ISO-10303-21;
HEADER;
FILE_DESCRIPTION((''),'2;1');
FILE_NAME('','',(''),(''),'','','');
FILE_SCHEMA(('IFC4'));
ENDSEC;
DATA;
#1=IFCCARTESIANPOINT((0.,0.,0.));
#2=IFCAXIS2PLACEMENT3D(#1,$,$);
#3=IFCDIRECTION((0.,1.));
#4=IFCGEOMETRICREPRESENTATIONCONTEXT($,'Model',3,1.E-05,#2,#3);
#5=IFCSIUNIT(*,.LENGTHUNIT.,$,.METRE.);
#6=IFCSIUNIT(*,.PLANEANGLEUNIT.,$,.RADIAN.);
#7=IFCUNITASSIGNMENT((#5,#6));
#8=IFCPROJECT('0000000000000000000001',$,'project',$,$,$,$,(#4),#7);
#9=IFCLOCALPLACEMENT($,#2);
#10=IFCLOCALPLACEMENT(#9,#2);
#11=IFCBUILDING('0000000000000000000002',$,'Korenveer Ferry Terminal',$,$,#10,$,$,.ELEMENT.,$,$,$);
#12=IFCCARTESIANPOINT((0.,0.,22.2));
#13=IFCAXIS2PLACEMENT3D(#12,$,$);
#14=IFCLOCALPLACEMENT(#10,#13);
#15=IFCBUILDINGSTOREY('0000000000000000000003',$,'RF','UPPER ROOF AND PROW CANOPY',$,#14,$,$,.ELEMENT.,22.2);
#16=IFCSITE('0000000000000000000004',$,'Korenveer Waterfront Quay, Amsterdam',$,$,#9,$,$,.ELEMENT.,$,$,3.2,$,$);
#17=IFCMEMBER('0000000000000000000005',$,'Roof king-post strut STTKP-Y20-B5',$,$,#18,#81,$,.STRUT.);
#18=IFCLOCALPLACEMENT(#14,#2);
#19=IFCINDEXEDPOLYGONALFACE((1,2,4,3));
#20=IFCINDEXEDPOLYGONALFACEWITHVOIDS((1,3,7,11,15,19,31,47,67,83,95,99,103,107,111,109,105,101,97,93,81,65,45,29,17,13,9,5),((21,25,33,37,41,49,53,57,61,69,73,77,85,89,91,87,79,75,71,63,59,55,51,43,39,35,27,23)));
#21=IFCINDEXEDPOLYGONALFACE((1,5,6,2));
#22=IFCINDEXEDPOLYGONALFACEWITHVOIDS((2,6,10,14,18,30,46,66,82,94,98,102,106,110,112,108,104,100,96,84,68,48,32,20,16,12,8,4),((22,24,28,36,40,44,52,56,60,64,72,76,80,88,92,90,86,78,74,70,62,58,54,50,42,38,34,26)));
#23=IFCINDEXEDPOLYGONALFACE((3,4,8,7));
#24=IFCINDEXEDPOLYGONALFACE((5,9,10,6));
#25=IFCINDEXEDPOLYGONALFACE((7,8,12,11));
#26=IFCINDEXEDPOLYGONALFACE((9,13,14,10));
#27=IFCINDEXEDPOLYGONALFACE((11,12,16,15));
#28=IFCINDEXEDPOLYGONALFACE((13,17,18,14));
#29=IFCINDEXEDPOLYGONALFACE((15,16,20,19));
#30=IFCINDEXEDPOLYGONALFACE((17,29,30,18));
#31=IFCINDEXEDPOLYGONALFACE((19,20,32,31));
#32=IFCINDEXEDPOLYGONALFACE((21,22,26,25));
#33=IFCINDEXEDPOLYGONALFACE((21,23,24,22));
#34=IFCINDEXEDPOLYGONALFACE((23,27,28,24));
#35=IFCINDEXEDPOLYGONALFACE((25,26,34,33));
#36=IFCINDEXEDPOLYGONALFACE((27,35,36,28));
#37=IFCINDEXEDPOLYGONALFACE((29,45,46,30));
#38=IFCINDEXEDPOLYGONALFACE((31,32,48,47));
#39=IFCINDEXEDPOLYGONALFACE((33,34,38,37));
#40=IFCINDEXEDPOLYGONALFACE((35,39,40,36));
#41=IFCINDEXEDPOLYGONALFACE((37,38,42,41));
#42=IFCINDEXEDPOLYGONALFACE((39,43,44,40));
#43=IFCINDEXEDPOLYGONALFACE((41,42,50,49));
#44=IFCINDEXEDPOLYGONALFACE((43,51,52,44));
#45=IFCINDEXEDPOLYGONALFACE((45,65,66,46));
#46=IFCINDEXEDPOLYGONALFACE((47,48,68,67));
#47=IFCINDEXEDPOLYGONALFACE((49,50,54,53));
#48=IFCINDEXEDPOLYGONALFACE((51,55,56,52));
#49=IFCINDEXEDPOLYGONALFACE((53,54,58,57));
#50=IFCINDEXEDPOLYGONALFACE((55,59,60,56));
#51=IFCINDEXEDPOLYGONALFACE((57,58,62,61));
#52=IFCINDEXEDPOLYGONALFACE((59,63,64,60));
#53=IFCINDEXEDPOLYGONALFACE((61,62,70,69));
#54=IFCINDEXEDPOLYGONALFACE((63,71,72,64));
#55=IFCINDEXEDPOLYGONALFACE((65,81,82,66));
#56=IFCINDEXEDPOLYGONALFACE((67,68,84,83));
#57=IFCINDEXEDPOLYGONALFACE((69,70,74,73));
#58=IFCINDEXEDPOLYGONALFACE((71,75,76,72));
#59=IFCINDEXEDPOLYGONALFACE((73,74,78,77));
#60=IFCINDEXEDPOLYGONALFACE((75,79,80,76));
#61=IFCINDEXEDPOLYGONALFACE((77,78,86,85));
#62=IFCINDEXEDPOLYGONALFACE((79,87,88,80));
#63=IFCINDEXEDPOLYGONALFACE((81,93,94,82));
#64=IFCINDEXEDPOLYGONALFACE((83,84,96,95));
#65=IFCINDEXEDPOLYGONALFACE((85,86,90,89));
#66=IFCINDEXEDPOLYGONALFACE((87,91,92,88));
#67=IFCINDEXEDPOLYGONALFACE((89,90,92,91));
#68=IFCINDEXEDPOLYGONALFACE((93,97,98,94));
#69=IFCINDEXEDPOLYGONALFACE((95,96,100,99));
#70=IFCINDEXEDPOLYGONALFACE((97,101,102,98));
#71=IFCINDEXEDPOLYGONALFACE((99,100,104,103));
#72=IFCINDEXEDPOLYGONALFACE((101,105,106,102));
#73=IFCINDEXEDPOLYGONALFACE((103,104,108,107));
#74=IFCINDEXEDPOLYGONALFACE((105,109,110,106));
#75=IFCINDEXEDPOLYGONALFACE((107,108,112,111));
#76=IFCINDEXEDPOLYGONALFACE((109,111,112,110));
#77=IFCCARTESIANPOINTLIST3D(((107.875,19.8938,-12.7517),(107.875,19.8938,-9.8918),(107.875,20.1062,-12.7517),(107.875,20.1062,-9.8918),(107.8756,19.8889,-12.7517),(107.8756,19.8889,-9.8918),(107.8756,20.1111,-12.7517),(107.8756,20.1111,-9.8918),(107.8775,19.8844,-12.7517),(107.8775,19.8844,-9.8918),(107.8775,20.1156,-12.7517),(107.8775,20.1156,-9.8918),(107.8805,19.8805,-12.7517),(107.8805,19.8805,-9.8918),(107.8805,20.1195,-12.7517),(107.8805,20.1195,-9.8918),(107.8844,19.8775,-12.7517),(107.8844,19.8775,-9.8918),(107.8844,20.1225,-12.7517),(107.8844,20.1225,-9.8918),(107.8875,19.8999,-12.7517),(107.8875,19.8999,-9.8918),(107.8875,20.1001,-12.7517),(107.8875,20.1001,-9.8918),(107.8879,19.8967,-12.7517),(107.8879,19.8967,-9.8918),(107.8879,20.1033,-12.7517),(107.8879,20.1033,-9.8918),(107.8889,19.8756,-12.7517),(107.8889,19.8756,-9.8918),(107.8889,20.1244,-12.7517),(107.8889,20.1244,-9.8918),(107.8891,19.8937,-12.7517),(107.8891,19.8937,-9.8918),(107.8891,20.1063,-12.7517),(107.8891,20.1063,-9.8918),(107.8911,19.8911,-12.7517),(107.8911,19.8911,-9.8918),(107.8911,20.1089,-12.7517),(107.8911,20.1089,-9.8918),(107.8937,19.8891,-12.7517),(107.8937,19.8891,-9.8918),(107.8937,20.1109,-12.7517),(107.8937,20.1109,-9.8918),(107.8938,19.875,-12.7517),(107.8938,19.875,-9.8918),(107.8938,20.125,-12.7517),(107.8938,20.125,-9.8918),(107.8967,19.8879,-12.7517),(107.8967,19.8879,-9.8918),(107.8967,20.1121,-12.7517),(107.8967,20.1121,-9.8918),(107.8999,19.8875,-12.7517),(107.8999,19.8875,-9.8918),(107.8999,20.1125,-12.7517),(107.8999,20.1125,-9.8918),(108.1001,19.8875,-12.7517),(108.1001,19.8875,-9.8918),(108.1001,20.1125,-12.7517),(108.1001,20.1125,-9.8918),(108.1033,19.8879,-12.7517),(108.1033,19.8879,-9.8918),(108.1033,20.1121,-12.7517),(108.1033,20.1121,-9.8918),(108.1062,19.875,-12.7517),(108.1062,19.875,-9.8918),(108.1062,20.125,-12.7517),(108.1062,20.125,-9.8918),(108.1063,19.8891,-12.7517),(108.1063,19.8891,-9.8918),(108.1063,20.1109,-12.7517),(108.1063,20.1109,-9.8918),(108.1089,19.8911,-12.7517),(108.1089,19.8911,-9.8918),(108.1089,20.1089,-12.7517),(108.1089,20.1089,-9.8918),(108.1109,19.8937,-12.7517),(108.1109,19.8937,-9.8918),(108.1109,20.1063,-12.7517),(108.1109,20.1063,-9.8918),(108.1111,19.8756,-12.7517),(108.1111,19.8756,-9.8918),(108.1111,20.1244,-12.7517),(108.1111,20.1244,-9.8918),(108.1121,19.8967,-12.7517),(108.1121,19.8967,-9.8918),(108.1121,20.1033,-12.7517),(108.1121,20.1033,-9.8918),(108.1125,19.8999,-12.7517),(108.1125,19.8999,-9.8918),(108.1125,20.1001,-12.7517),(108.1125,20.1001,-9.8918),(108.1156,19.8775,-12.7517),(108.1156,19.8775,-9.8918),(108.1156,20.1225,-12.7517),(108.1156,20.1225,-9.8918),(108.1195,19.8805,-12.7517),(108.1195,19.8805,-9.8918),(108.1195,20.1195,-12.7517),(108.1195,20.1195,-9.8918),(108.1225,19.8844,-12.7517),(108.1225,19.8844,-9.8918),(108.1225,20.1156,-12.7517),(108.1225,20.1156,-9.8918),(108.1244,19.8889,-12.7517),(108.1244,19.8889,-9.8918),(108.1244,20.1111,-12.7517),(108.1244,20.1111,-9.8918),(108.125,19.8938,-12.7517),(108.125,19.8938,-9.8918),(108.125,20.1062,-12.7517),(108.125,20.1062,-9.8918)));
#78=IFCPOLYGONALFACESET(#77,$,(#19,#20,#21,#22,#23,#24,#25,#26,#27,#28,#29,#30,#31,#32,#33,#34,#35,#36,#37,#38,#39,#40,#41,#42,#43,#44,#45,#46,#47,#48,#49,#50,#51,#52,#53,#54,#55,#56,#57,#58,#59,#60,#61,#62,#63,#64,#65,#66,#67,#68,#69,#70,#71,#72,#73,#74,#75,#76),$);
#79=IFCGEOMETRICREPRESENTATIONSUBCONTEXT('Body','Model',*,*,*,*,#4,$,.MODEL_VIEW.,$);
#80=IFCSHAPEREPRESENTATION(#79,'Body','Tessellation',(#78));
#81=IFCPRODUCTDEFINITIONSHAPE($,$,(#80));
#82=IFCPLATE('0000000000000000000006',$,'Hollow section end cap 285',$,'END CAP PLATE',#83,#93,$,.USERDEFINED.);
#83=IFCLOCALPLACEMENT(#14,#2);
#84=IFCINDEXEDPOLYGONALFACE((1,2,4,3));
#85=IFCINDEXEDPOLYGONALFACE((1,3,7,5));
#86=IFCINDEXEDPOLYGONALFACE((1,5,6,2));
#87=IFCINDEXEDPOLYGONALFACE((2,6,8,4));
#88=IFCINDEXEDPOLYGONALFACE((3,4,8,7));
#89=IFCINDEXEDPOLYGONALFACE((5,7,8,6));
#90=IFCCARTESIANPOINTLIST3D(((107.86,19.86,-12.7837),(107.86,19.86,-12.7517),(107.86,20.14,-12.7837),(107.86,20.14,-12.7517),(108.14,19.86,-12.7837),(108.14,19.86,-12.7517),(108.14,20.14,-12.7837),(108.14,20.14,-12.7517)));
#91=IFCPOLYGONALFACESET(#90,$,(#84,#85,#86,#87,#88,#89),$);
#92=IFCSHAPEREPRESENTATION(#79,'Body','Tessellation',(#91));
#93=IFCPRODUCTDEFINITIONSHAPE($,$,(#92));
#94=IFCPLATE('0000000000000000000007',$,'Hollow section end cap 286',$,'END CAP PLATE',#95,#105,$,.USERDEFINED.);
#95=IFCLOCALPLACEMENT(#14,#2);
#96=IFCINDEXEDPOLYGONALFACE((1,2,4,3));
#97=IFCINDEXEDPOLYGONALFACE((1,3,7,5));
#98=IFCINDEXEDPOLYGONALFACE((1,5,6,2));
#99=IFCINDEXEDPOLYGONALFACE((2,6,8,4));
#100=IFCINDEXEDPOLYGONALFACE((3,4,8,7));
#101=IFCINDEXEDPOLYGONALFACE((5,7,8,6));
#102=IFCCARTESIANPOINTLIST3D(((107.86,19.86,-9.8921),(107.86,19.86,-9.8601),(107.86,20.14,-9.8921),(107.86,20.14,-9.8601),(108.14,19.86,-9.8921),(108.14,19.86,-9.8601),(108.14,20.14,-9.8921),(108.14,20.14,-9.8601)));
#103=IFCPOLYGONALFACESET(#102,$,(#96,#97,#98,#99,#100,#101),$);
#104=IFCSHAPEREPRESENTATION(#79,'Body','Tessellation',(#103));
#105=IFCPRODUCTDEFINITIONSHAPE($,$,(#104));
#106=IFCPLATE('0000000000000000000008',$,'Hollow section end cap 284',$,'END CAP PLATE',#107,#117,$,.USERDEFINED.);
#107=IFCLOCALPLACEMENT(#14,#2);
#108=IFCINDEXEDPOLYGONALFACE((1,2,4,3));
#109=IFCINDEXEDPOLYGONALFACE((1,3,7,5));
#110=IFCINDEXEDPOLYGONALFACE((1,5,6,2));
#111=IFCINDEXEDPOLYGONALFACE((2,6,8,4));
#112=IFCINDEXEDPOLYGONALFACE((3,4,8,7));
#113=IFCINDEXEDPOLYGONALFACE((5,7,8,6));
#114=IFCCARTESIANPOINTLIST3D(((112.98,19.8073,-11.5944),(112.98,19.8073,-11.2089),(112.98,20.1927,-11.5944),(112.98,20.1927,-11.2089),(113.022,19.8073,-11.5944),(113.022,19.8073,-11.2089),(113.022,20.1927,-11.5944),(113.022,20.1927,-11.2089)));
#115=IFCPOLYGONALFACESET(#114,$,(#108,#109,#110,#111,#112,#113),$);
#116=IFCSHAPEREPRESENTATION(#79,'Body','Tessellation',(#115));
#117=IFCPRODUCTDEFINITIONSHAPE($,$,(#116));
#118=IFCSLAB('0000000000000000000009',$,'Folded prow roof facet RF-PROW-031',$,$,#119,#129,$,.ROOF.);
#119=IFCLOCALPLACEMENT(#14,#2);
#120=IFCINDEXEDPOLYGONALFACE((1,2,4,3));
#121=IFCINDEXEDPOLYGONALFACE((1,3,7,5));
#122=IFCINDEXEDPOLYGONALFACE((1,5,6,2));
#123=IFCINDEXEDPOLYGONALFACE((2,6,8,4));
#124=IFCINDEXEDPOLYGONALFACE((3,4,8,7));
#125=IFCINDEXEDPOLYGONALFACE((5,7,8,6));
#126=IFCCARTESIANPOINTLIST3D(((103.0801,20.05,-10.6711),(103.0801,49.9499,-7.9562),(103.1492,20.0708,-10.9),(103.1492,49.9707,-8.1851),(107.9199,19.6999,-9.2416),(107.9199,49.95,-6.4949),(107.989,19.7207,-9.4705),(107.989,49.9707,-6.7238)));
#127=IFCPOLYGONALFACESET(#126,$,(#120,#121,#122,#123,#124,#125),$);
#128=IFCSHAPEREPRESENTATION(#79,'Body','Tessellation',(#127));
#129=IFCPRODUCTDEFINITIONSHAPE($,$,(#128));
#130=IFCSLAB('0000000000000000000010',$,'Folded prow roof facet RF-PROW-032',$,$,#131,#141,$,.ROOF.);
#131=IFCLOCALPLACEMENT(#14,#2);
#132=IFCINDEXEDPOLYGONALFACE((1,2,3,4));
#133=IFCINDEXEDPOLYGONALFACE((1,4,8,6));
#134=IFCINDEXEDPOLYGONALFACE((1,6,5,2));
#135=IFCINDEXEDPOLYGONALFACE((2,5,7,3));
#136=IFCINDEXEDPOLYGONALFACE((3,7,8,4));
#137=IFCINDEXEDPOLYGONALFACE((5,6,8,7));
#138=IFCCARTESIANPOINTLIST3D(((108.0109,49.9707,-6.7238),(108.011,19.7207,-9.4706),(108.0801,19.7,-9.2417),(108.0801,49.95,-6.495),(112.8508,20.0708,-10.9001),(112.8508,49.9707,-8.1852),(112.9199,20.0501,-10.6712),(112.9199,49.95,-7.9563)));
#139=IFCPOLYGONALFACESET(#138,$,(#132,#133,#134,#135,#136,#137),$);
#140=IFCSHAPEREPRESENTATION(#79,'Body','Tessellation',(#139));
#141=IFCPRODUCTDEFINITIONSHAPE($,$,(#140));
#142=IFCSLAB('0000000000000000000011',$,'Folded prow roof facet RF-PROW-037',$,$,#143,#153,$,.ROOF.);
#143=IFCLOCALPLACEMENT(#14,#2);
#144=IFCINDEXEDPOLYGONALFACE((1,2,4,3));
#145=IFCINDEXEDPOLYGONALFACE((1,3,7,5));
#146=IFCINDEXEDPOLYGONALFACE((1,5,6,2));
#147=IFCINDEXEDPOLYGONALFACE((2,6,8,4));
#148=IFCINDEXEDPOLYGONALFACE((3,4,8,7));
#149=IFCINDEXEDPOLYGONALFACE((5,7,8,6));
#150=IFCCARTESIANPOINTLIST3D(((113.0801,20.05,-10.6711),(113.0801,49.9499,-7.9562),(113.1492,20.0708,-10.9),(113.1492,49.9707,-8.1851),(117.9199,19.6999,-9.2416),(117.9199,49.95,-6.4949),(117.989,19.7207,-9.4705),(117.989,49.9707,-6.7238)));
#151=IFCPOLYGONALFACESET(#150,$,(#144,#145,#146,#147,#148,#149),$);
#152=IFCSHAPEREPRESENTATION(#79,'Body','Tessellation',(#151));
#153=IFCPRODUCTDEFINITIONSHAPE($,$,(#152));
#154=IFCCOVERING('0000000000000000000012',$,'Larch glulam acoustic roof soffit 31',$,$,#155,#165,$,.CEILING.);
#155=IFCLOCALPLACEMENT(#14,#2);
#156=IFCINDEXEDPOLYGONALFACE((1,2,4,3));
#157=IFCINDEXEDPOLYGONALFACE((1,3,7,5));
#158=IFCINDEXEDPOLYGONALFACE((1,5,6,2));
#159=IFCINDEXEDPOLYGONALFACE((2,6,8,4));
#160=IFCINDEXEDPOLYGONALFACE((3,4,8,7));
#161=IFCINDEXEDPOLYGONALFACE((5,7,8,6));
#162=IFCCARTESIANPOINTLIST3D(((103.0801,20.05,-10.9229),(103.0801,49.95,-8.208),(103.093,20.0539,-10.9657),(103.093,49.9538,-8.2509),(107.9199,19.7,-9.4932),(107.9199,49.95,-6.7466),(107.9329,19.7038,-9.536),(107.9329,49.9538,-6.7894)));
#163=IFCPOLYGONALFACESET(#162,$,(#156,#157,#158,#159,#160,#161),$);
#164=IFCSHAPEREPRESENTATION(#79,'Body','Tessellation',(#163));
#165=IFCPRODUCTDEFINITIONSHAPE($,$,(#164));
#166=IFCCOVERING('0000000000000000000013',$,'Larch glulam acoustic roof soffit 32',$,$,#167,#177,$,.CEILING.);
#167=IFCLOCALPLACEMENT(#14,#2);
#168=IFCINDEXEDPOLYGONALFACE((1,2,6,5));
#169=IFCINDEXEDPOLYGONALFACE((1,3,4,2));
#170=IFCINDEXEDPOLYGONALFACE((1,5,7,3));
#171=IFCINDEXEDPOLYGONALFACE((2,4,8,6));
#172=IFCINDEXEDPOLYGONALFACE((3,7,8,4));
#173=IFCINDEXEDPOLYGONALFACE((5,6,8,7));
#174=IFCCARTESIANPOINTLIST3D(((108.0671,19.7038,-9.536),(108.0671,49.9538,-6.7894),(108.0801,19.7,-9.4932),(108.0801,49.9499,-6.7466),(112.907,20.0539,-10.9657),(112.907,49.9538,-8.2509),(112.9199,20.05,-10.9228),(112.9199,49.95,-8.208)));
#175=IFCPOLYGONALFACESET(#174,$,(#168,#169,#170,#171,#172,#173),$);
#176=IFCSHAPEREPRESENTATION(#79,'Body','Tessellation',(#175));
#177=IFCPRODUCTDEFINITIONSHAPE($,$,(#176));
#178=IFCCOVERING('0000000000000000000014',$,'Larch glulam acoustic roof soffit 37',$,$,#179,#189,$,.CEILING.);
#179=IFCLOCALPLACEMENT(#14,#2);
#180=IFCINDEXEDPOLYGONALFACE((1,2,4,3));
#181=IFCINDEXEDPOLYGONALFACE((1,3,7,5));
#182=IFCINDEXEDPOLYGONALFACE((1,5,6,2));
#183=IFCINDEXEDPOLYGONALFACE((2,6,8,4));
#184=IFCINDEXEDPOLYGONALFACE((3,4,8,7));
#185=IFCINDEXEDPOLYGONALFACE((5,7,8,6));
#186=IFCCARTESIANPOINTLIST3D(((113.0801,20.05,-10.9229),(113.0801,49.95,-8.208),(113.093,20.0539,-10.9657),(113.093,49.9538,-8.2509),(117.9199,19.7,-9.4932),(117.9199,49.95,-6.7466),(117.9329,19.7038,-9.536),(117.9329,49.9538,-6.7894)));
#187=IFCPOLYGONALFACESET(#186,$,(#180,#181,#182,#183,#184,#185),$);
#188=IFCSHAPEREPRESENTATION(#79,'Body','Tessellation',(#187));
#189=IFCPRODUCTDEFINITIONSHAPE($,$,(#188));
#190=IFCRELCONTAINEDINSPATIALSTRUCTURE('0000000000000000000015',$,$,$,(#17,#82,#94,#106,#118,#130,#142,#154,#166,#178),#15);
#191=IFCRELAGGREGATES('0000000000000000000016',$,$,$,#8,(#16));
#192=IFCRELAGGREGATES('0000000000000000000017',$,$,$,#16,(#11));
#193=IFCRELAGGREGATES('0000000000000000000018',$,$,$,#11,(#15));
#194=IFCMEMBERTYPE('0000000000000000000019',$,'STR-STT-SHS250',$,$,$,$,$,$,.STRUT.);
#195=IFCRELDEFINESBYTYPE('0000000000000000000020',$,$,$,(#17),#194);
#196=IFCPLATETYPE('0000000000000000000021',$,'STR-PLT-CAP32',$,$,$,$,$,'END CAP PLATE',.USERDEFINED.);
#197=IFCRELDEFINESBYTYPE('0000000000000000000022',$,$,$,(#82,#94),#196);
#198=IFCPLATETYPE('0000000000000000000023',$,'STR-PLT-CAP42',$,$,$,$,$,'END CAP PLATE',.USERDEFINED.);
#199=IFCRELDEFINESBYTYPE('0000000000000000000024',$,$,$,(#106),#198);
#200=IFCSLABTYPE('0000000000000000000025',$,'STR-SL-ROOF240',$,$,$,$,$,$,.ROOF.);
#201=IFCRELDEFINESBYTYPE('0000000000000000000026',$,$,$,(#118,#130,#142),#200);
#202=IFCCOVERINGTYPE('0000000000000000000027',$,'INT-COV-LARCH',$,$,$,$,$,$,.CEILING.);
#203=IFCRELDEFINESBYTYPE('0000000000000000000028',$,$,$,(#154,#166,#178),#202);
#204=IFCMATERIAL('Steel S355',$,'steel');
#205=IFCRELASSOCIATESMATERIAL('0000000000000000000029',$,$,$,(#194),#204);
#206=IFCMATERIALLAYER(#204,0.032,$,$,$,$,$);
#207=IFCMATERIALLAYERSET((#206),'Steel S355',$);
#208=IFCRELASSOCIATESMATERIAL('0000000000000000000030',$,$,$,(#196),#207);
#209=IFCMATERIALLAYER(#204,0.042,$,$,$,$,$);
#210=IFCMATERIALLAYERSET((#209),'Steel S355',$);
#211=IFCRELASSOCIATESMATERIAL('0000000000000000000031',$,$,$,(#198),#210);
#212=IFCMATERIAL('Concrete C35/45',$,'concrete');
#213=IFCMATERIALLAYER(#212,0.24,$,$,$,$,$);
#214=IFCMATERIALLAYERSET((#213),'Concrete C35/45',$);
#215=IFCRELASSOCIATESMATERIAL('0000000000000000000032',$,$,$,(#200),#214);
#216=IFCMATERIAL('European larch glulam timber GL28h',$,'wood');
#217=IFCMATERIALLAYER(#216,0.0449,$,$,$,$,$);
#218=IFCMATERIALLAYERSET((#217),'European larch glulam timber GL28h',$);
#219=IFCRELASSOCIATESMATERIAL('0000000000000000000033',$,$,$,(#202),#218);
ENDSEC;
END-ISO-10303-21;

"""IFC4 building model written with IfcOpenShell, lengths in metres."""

from ifc_helpers import new_model, si_unit, direction, frame, origin, origin_2d, place, context, subcontext, project, spatial, polyline, rectangle, hollow_rectangle, outline, extrude, material, layer, layer_set, material_profile, profile_set, type_object, element, save


model = new_model("IFC4")

# Units and contexts
model_context = context("Model", 3, precision=1e-05, world=origin(), true_north=direction((0.0, 1.0)))
body_context = subcontext(model_context, "Body", "Model", "MODEL_VIEW")
ifc_project = project(units=[si_unit("LENGTHUNIT", "METRE"), si_unit("PLANEANGLEUNIT", "RADIAN")], contexts=[model_context])

# Site, building, storey
site_placement = place(None, origin())
site = spatial("IfcSite", under=ifc_project, at=site_placement, Name="Korenveer Waterfront Quay, Amsterdam", CompositionType="ELEMENT", RefElevation=3.2)
building_placement = place(site_placement, origin())
building = spatial("IfcBuilding", under=site, at=building_placement, Name="Korenveer Ferry Terminal", CompositionType="ELEMENT")
storey_placement = place(building_placement, frame((0.0, 0.0, 22.2)))
storey = spatial("IfcBuildingStorey", under=building, at=storey_placement, Name="RF", Description="UPPER ROOF AND PROW CANOPY", CompositionType="ELEMENT", Elevation=22.2)

# Shared definitions
ifc_material_1 = material(Name="Steel S355", Category="steel")

# Member
ifc_material_profile_1 = material_profile(ifc_material_1, hollow_rectangle(XDim=0.25, YDim=0.25, WallThickness=0.0125, InnerFilletRadius=0.0125, OuterFilletRadius=0.0188, at=origin_2d()), Name="SHS 250x250x12.5")
ifc_profile_set_1 = profile_set([ifc_material_profile_1], Name="Steel S355")
member_type_1 = type_object("IfcMemberType", Name="STR-STT-SHS250", PredefinedType="STRUT", material=ifc_profile_set_1)
member_1_placement = place(storey_placement, frame((108.0, 20.0, -12.7517), z_axis=(0.0, 0.0, 1.0), x_axis=(1.0, 0.0, 0.0)))
element("IfcMember", 1, at=member_1_placement, inside=storey, type_object=member_type_1, Name="Roof king-post strut STTKP-Y20-B5", PredefinedType="STRUT", context=body_context, shape_type="SweptSolid", body=[
    extrude(hollow_rectangle(XDim=0.25, YDim=0.25, WallThickness=0.0125, InnerFilletRadius=0.0125, OuterFilletRadius=0.0188, at=origin_2d()), origin(), (0.0, 0.0, 1.0), 2.8599),
])

# Plates
ifc_layer_1 = layer(ifc_material_1, 0.032)
ifc_layer_set_1 = layer_set([ifc_layer_1], Name="Steel S355")
plate_type_1 = type_object("IfcPlateType", Name="STR-PLT-CAP32", ElementType="END CAP PLATE", PredefinedType="USERDEFINED", material=ifc_layer_set_1)
for number, where, z_axis, x_axis, name in (
    (2, (108.0, 20.0, -12.7837), (0.0, 0.0, 1.0), (1.0, 0.0, 0.0), "Hollow section end cap 285"),
    (3, (108.0, 20.0, -9.8921), (0.0, 0.0, 1.0), (1.0, 0.0, 0.0), "Hollow section end cap 286"),
):
    element("IfcPlate", number, at=place(storey_placement, frame(where, z_axis=z_axis, x_axis=x_axis)), inside=storey, type_object=plate_type_1, Name=name, ObjectType="END CAP PLATE", PredefinedType="USERDEFINED", context=body_context, shape_type="SweptSolid", body=[
        extrude(rectangle(XDim=0.28, YDim=0.28, at=origin_2d()), origin(), (0.0, 0.0, 1.0), 0.032),
    ])
ifc_layer_2 = layer(ifc_material_1, 0.042)
ifc_layer_set_2 = layer_set([ifc_layer_2], Name="Steel S355")
plate_type_2 = type_object("IfcPlateType", Name="STR-PLT-CAP42", ElementType="END CAP PLATE", PredefinedType="USERDEFINED", material=ifc_layer_set_2)
plate_placement = place(storey_placement, frame((112.98, 20.0, -11.4016), z_axis=(1.0, 0.0, 0.0), x_axis=(0.0, 1.0, 0.0)))
element("IfcPlate", 4, at=plate_placement, inside=storey, type_object=plate_type_2, Name="Hollow section end cap 284", ObjectType="END CAP PLATE", PredefinedType="USERDEFINED", context=body_context, shape_type="SweptSolid", body=[
    extrude(rectangle(XDim=0.3855, YDim=0.3855, at=origin_2d()), origin(), (0.0, 0.0, 1.0), 0.042),
])

# Slabs
ifc_material_2 = material(Name="Concrete C35/45", Category="concrete")
ifc_layer_3 = layer(ifc_material_2, 0.24)
ifc_layer_set_3 = layer_set([ifc_layer_3], Name="Concrete C35/45")
slab_type = type_object("IfcSlabType", Name="STR-SL-ROOF240", PredefinedType="ROOF", material=ifc_layer_set_3)
slab_1_placement = place(storey_placement, frame((103.0801, 20.05, -10.6711), z_axis=(-0.287963, -0.086599, 0.953718), x_axis=(0.95674, -0.069209, 0.282591)))
element("IfcSlab", 5, at=slab_1_placement, inside=storey, type_object=slab_type, Name="Folded prow roof facet RF-PROW-031", PredefinedType="ROOF", context=body_context, shape_type="SweptSolid", body=[
    extrude(outline(polyline([(0.0, 0.0), (5.0587, 0.0), (3.7413, 30.3459), (-1.3022, 29.9946), (0.0, 0.0)])), origin(), (0.0, 0.0, -1.0), 0.24),
])
slab_2_placement = place(storey_placement, frame((108.0801, 19.7, -9.2417), z_axis=(0.287963, -0.086599, 0.953718), x_axis=(0.95674, 0.069209, -0.282591)))
element("IfcSlab", 6, at=slab_2_placement, inside=storey, type_object=slab_type, Name="Folded prow roof facet RF-PROW-032", PredefinedType="ROOF", context=body_context, shape_type="SweptSolid", body=[
    extrude(outline(polyline([(0.0, 0.0), (5.0587, 0.0), (6.3608, 29.9946), (1.3174, 30.3459), (0.0, 0.0)])), origin(), (0.0, 0.0, -1.0), 0.24),
])
slab_3_placement = place(storey_placement, frame((113.0801, 20.05, -10.6711), z_axis=(-0.287963, -0.086599, 0.953718), x_axis=(0.95674, -0.069209, 0.282591)))
element("IfcSlab", 7, at=slab_3_placement, inside=storey, type_object=slab_type, Name="Folded prow roof facet RF-PROW-037", PredefinedType="ROOF", context=body_context, shape_type="SweptSolid", body=[
    extrude(outline(polyline([(0.0, 0.0), (5.0587, 0.0), (3.7413, 30.3459), (-1.3022, 29.9946), (0.0, 0.0)])), origin(), (0.0, 0.0, -1.0), 0.24),
])

# Coverings
ifc_material_3 = material(Name="European larch glulam timber GL28h", Category="wood")
ifc_layer_4 = layer(ifc_material_3, 0.0449)
ifc_layer_set_4 = layer_set([ifc_layer_4], Name="European larch glulam timber GL28h")
covering_type_1 = type_object("IfcCoveringType", Name="INT-COV-LARCH", PredefinedType="CEILING", material=ifc_layer_set_4)
covering_1_placement = place(storey_placement, frame((103.0801, 20.05, -10.9229), z_axis=(-0.287985, -0.086594, 0.953712), x_axis=(0.956734, -0.069206, 0.282614)))
element("IfcCovering", 8, at=covering_1_placement, inside=storey, type_object=covering_type_1, Name="Larch glulam acoustic roof soffit 31", PredefinedType="CEILING", context=body_context, shape_type="SweptSolid", body=[
    extrude(outline(polyline([(0.0, 0.0), (5.0587, 0.0), (3.7415, 30.3459), (-1.302, 29.9947), (0.0, 0.0)])), origin(), (0.0, 0.0, -1.0), 0.0449),
])
covering_2_placement = place(storey_placement, frame((108.0801, 19.7, -9.4932), z_axis=(0.287985, -0.086594, 0.953712), x_axis=(0.956734, 0.069206, -0.282614)))
element("IfcCovering", 9, at=covering_2_placement, inside=storey, type_object=covering_type_1, Name="Larch glulam acoustic roof soffit 32", PredefinedType="CEILING", context=body_context, shape_type="SweptSolid", body=[
    extrude(outline(polyline([(0.0, 0.0), (5.0587, 0.0), (6.3607, 29.9947), (1.3173, 30.3459), (0.0, 0.0)])), origin(), (0.0, 0.0, -1.0), 0.0449),
])
covering_3_placement = place(storey_placement, frame((113.0801, 20.05, -10.9229), z_axis=(-0.287985, -0.086594, 0.953712), x_axis=(0.956734, -0.069206, 0.282614)))
element("IfcCovering", 10, at=covering_3_placement, inside=storey, type_object=covering_type_1, Name="Larch glulam acoustic roof soffit 37", PredefinedType="CEILING", context=body_context, shape_type="SweptSolid", body=[
    extrude(outline(polyline([(0.0, 0.0), (5.0587, 0.0), (3.7415, 30.3459), (-1.302, 29.9947), (0.0, 0.0)])), origin(), (0.0, 0.0, -1.0), 0.0449),
])

save(model, "model.ifc")
